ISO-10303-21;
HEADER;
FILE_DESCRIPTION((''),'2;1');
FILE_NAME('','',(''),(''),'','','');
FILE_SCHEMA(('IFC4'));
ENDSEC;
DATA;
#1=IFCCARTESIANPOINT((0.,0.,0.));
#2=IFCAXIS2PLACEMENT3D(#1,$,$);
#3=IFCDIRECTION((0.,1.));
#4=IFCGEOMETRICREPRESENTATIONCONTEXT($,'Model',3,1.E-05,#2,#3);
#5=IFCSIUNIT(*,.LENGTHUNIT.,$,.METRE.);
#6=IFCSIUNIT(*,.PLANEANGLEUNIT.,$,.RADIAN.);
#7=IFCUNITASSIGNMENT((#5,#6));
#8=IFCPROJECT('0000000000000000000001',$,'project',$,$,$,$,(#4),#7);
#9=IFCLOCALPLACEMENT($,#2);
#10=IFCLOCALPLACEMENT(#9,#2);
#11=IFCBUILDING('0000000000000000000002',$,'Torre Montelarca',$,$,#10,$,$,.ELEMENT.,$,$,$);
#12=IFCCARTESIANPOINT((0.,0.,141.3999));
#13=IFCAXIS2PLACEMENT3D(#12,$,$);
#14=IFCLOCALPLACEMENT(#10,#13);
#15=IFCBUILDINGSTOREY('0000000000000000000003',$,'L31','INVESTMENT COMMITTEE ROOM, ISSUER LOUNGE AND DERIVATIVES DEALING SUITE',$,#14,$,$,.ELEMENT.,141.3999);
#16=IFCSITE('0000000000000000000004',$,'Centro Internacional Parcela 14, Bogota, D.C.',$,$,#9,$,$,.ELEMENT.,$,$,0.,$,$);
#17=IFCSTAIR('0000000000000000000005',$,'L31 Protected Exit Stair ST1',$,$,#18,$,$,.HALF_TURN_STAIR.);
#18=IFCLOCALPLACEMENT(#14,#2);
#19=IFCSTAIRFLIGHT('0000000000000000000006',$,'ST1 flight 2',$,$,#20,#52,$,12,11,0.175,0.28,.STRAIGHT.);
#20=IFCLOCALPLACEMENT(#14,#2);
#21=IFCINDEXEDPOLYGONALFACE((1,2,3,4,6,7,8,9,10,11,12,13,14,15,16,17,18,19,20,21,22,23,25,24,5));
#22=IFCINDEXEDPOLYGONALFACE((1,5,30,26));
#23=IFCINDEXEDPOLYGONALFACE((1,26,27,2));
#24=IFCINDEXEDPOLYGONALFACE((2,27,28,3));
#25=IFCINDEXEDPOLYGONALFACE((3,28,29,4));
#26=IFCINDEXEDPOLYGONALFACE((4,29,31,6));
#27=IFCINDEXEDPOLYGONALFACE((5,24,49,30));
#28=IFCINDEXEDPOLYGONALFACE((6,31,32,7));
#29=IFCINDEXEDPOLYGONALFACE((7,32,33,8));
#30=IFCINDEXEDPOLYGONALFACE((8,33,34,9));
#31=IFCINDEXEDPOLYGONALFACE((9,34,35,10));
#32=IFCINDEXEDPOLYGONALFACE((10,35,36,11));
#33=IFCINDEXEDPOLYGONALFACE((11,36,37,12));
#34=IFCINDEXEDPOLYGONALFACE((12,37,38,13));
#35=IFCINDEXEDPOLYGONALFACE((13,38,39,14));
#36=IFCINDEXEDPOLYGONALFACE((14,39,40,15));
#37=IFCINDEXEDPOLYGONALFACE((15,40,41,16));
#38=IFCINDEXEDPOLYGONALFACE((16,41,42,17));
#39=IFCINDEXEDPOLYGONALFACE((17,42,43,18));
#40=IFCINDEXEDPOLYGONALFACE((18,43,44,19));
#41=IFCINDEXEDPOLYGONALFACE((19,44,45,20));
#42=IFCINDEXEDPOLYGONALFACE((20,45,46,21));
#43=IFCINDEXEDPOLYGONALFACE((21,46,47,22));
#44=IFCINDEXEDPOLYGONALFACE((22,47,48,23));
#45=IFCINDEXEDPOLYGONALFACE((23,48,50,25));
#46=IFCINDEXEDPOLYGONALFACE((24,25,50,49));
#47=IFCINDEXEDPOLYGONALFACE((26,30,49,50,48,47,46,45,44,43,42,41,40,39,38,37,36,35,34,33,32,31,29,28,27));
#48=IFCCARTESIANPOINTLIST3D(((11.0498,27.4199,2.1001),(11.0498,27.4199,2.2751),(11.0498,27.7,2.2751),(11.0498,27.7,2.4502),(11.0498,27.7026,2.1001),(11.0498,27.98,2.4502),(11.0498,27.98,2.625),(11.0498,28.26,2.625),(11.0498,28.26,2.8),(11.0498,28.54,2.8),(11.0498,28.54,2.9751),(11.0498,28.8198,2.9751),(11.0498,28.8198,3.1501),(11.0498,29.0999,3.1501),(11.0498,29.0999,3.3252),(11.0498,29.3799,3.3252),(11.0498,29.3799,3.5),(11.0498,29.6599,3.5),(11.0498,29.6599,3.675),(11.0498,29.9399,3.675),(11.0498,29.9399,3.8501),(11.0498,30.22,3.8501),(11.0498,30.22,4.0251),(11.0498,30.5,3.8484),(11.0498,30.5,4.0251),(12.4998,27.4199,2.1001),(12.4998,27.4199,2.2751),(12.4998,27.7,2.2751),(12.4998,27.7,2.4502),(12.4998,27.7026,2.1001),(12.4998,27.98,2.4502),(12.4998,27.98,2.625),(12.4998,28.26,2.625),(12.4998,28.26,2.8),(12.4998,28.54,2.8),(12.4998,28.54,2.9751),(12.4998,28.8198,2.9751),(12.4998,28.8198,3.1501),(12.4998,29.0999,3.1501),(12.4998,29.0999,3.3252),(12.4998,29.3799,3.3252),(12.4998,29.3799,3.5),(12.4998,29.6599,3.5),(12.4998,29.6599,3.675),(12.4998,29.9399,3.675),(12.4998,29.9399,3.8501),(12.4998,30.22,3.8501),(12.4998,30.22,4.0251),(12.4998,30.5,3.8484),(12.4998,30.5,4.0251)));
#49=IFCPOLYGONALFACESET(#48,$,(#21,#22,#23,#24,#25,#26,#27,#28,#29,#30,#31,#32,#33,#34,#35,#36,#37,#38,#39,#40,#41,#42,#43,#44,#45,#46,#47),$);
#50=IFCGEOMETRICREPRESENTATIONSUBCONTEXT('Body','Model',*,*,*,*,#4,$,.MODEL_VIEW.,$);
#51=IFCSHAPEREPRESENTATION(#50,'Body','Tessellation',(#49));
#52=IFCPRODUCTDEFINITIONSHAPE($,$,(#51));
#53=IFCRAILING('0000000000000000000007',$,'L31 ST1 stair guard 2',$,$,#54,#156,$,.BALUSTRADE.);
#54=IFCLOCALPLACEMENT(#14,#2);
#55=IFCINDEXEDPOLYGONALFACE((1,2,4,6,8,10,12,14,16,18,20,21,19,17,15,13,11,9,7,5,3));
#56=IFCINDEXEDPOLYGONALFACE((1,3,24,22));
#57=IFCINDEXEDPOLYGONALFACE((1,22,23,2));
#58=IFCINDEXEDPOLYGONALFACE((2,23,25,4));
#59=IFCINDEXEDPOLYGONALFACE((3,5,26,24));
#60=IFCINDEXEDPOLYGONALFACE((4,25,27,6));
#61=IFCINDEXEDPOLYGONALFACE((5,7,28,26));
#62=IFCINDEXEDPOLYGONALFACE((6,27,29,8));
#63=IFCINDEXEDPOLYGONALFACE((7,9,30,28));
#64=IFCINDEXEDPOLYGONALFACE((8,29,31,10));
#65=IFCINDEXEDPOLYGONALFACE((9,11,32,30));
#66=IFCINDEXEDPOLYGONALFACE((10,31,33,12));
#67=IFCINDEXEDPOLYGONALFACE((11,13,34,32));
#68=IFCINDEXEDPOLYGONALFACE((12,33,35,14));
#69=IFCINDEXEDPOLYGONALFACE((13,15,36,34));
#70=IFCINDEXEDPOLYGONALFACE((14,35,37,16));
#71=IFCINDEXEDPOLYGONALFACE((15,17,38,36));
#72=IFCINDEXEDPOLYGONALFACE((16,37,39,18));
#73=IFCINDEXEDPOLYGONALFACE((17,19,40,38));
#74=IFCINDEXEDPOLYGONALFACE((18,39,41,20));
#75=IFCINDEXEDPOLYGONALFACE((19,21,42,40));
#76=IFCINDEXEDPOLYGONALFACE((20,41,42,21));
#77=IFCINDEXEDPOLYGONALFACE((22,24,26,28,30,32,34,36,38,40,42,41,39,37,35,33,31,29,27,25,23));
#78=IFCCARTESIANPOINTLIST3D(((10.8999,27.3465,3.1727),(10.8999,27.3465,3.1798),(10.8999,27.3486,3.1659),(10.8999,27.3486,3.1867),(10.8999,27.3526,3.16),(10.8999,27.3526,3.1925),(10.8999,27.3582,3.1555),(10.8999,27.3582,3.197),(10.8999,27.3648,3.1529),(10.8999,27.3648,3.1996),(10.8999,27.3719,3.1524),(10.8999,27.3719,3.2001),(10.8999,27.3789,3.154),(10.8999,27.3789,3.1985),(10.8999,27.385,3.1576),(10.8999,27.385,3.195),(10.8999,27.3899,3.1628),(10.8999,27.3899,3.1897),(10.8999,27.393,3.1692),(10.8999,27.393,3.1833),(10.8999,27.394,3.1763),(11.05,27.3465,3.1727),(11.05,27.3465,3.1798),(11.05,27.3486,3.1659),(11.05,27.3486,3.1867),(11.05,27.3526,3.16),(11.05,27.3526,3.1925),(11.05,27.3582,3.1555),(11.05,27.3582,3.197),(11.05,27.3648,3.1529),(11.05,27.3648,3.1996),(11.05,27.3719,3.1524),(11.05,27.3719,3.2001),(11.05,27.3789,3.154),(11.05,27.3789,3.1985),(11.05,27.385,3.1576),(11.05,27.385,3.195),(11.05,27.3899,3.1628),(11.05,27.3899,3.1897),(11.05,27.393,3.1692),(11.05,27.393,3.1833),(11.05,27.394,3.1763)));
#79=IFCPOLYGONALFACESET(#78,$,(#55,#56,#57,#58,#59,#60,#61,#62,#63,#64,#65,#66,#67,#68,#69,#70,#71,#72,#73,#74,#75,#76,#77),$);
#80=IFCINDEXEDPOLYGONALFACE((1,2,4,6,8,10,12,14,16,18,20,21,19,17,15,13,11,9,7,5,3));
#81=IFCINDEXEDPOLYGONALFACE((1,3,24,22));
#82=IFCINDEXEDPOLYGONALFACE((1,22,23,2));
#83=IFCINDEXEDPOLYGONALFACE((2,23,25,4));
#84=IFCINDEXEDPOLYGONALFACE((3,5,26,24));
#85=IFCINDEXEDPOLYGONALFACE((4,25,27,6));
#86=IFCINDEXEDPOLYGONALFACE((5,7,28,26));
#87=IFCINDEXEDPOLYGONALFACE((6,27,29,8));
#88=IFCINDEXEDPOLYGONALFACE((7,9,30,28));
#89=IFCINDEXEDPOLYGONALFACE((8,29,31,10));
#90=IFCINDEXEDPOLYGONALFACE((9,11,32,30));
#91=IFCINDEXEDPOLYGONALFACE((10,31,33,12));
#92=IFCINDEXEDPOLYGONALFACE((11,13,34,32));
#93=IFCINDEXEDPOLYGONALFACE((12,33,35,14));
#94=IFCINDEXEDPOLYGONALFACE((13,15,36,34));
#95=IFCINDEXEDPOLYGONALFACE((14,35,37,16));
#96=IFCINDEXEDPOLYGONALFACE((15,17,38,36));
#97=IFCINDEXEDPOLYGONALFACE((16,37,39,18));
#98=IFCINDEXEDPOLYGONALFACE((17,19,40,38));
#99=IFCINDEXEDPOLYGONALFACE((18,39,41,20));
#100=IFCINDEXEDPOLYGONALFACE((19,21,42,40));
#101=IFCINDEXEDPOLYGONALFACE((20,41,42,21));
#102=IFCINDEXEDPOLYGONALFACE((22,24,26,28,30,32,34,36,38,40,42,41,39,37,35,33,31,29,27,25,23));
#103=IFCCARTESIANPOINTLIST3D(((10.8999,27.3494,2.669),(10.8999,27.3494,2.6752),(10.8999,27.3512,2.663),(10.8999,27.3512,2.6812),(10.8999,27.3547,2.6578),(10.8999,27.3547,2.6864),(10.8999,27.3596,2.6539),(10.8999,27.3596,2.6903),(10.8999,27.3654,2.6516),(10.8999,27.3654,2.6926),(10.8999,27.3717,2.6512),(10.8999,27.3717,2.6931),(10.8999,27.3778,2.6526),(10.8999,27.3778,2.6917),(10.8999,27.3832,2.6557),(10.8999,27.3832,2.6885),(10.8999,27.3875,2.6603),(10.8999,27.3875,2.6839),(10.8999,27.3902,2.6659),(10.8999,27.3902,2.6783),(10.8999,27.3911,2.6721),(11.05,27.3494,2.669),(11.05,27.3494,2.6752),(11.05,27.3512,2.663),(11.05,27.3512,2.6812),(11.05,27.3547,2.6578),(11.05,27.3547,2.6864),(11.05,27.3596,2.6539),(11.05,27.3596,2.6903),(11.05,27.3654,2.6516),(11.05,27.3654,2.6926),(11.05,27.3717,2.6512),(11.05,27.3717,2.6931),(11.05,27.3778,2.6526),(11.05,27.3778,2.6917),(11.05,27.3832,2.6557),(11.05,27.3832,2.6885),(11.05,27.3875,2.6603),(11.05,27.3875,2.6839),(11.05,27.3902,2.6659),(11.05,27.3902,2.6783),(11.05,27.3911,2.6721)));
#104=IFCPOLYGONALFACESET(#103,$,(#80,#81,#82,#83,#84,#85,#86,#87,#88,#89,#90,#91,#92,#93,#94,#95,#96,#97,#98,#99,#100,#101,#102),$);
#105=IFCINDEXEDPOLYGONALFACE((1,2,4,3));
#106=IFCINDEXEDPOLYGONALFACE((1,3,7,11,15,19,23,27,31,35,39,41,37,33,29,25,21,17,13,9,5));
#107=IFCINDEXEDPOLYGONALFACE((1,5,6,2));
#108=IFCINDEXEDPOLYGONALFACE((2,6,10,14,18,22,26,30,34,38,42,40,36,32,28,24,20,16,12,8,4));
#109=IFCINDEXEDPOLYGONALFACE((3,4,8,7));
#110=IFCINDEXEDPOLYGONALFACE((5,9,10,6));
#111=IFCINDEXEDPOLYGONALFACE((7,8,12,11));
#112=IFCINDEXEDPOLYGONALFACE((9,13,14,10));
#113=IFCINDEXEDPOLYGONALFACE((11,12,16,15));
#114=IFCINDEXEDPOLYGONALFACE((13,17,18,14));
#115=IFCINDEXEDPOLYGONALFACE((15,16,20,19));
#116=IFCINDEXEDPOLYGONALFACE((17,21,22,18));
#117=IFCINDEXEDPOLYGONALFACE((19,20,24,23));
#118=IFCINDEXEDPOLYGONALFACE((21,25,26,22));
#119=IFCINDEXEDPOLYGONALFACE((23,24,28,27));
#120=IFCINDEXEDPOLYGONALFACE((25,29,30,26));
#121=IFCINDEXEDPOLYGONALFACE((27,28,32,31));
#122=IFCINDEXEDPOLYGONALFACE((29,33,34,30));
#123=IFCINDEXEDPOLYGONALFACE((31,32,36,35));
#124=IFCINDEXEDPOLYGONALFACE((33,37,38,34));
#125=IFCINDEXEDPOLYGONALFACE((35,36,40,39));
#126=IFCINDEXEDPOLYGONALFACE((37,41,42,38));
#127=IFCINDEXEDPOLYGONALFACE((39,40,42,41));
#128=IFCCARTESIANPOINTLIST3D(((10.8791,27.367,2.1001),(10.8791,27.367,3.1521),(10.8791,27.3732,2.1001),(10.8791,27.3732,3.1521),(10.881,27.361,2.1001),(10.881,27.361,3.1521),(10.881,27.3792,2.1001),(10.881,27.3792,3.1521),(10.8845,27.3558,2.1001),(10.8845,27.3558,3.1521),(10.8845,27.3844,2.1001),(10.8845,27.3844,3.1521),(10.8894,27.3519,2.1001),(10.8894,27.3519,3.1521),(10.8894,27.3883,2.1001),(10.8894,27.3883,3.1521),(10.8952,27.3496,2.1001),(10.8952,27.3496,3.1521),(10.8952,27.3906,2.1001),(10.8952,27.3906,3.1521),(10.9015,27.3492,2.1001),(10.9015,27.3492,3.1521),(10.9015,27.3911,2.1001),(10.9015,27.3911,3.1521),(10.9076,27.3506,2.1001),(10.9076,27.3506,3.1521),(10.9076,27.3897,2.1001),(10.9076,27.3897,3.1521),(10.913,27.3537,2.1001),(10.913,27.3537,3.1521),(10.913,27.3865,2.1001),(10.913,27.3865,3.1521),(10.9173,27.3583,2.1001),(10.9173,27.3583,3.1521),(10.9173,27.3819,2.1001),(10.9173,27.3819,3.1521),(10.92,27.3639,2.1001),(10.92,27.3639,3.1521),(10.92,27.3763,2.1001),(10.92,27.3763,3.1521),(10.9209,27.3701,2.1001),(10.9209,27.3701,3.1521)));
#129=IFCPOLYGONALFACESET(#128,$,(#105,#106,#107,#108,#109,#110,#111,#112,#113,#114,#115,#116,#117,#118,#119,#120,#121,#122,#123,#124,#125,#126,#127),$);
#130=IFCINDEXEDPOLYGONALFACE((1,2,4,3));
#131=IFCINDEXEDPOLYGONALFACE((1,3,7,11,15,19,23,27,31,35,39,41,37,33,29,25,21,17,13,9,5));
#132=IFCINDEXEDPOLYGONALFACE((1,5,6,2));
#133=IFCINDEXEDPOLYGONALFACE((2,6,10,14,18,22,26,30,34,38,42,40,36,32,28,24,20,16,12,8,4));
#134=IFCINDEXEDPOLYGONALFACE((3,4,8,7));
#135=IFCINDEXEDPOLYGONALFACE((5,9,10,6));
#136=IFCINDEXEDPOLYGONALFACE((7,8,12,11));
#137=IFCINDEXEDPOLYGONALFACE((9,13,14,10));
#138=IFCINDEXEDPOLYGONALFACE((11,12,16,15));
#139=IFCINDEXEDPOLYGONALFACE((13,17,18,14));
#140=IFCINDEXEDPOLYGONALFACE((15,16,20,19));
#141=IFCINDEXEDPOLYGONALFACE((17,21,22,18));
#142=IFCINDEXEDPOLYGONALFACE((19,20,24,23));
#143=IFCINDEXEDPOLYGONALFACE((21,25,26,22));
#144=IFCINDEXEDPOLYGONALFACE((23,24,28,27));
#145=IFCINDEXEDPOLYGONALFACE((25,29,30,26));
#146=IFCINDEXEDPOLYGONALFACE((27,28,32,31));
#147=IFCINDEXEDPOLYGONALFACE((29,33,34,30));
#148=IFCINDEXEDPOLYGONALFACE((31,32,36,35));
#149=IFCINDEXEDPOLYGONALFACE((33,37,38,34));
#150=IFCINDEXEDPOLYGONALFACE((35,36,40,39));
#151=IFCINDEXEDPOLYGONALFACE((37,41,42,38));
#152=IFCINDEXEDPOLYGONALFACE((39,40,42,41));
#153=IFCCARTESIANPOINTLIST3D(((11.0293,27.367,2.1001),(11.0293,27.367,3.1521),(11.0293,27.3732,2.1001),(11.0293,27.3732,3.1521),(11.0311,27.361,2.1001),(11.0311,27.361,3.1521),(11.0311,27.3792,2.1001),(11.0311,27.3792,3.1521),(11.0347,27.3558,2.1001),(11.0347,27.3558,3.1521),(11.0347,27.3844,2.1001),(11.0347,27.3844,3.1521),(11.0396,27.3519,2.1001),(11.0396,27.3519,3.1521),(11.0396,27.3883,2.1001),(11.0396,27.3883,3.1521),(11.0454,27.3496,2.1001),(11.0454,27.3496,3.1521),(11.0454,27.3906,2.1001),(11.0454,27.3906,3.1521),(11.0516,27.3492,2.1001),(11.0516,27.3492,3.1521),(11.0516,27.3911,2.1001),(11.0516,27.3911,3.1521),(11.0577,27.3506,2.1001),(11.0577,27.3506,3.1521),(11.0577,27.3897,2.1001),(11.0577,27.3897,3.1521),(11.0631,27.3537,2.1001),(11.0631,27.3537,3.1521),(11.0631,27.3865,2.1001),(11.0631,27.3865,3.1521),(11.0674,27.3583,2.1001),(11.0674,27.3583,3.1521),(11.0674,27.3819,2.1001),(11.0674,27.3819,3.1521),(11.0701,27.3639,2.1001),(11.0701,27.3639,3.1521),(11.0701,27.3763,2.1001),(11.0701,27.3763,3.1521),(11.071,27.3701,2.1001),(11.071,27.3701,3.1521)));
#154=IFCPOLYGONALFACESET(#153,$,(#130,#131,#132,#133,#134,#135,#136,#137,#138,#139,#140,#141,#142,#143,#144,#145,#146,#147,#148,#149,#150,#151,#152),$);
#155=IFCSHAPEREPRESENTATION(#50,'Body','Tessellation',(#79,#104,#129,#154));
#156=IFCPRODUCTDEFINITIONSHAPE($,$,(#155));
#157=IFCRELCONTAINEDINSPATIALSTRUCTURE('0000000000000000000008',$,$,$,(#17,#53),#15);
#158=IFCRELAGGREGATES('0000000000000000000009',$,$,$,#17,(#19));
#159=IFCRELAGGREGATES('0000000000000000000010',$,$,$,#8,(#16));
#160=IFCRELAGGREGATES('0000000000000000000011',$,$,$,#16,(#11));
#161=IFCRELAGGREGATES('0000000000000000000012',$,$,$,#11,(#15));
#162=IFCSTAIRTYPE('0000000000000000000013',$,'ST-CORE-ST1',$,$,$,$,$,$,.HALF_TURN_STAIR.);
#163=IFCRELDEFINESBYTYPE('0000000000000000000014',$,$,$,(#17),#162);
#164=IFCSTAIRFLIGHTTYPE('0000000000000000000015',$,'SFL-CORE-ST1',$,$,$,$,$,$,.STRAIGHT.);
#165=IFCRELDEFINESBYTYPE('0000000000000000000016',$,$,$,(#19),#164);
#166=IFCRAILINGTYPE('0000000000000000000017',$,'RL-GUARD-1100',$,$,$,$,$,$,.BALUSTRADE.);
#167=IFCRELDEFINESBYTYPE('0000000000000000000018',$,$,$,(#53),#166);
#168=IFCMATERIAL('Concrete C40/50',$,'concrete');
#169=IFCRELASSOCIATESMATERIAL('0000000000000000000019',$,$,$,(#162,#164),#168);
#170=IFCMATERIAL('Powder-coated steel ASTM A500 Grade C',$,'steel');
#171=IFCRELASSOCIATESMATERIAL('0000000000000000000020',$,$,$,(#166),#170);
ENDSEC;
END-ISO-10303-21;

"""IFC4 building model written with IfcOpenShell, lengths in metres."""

from ifc_helpers import new_model, si_unit, direction, frame, origin, origin_2d, place, context, subcontext, project, spatial, polyline, circle, outline, extrude, material, type_object, element, aggregate, save


model = new_model("IFC4")

# Units and contexts
model_context = context("Model", 3, precision=1e-05, world=origin(), true_north=direction((0.0, 1.0)))
body_context = subcontext(model_context, "Body", "Model", "MODEL_VIEW")
ifc_project = project(units=[si_unit("LENGTHUNIT", "METRE"), si_unit("PLANEANGLEUNIT", "RADIAN")], contexts=[model_context])

# Site, building, storey
site_placement = place(None, origin())
site = spatial("IfcSite", under=ifc_project, at=site_placement, Name="Centro Internacional Parcela 14, Bogota, D.C.", CompositionType="ELEMENT", RefElevation=0.0)
building_placement = place(site_placement, origin())
building = spatial("IfcBuilding", under=site, at=building_placement, Name="Torre Montelarca", CompositionType="ELEMENT")
storey_placement = place(building_placement, frame((0.0, 0.0, 141.3999)))
storey = spatial("IfcBuildingStorey", under=building, at=storey_placement, Name="L31", Description="INVESTMENT COMMITTEE ROOM, ISSUER LOUNGE AND DERIVATIVES DEALING SUITE", CompositionType="ELEMENT", Elevation=141.3999)

# Shared definitions
ifc_material_1 = material(Name="Concrete C40/50", Category="concrete")

# Stair, stair flight
stair_type = type_object("IfcStairType", Name="ST-CORE-ST1", PredefinedType="HALF_TURN_STAIR", material=ifc_material_1)
stair_placement = place(storey_placement, origin())
stair = element("IfcStair", 1, at=stair_placement, inside=storey, type_object=stair_type, Name="L31 Protected Exit Stair ST1", PredefinedType="HALF_TURN_STAIR")
stair_flight_type = type_object("IfcStairFlightType", Name="SFL-CORE-ST1", PredefinedType="STRAIGHT", material=ifc_material_1)
stair_flight_placement = place(storey_placement, frame((11.7749, 27.4199, 2.1001), z_axis=(0.0, 0.0, 1.0), x_axis=(0.0, 1.0, 0.0)))
stair_flight = element("IfcStairFlight", 2, at=stair_flight_placement, type_object=stair_flight_type, Name="ST1 flight 2", NumberOfRisers=12, NumberOfTreads=11, PredefinedType="STRAIGHT", RiserHeight=0.175, TreadLength=0.28, context=body_context, shape_type="SweptSolid", body=[
    extrude(outline(polyline([(0.0, 0.0), (0.0, 0.175), (0.28, 0.175), (0.28, 0.3501), (0.5601, 0.3501), (0.5601, 0.5249), (0.8401, 0.5249), (0.8401, 0.7), (1.1201, 0.7), (1.1201, 0.875), (1.3999, 0.875), (1.3999, 1.05), (1.6799, 1.05), (1.6799, 1.2251), (1.96, 1.2251), (1.96, 1.3999), (2.24, 1.3999), (2.24, 1.575), (2.52, 1.575), (2.52, 1.75), (2.8, 1.75), (2.8, 1.925), (3.0801, 1.925), (3.0801, 2.1001), (3.0801, 1.7483), (0.2827, 0.0), (0.0, 0.0)])), frame((0.0, 0.7251, 0.0), z_axis=(0.0, -1.0, 0.0), x_axis=(1.0, 0.0, 0.0)), (0.0, 0.0, 1.0), 1.45),
])
aggregate(stair, [stair_flight])

# Railing
ifc_material_2 = material(Name="Powder-coated steel ASTM A500 Grade C", Category="steel")
railing_type_1 = type_object("IfcRailingType", Name="RL-GUARD-1100", PredefinedType="BALUSTRADE", material=ifc_material_2)
railing_1_placement = place(storey_placement, frame((10.8999, 27.3701, 2.1001)))
element("IfcRailing", 3, at=railing_1_placement, inside=storey, type_object=railing_type_1, Name="L31 ST1 stair guard 2", PredefinedType="BALUSTRADE", context=body_context, shape_type="SweptSolid", body=[
    extrude(circle(Radius=0.0239, at=origin_2d()), frame((0.0, 0.0, 1.0762), z_axis=(1.0, 0.0, 0.0), x_axis=(0.0, 1.0, 0.0)), (0.0, 0.0, 1.0), 0.1501),
    extrude(circle(Radius=0.021, at=origin_2d()), frame((0.0, 0.0, 0.572), z_axis=(1.0, 0.0, 0.0), x_axis=(0.0, 1.0, 0.0)), (0.0, 0.0, 1.0), 0.1501),
    extrude(circle(Radius=0.021, at=origin_2d()), origin(), (0.0, 0.0, 1.0), 1.052),
    extrude(circle(Radius=0.021, at=origin_2d()), frame((0.1501, 0.0, 0.0)), (0.0, 0.0, 1.0), 1.052),
])

save(model, "model.ifc")
